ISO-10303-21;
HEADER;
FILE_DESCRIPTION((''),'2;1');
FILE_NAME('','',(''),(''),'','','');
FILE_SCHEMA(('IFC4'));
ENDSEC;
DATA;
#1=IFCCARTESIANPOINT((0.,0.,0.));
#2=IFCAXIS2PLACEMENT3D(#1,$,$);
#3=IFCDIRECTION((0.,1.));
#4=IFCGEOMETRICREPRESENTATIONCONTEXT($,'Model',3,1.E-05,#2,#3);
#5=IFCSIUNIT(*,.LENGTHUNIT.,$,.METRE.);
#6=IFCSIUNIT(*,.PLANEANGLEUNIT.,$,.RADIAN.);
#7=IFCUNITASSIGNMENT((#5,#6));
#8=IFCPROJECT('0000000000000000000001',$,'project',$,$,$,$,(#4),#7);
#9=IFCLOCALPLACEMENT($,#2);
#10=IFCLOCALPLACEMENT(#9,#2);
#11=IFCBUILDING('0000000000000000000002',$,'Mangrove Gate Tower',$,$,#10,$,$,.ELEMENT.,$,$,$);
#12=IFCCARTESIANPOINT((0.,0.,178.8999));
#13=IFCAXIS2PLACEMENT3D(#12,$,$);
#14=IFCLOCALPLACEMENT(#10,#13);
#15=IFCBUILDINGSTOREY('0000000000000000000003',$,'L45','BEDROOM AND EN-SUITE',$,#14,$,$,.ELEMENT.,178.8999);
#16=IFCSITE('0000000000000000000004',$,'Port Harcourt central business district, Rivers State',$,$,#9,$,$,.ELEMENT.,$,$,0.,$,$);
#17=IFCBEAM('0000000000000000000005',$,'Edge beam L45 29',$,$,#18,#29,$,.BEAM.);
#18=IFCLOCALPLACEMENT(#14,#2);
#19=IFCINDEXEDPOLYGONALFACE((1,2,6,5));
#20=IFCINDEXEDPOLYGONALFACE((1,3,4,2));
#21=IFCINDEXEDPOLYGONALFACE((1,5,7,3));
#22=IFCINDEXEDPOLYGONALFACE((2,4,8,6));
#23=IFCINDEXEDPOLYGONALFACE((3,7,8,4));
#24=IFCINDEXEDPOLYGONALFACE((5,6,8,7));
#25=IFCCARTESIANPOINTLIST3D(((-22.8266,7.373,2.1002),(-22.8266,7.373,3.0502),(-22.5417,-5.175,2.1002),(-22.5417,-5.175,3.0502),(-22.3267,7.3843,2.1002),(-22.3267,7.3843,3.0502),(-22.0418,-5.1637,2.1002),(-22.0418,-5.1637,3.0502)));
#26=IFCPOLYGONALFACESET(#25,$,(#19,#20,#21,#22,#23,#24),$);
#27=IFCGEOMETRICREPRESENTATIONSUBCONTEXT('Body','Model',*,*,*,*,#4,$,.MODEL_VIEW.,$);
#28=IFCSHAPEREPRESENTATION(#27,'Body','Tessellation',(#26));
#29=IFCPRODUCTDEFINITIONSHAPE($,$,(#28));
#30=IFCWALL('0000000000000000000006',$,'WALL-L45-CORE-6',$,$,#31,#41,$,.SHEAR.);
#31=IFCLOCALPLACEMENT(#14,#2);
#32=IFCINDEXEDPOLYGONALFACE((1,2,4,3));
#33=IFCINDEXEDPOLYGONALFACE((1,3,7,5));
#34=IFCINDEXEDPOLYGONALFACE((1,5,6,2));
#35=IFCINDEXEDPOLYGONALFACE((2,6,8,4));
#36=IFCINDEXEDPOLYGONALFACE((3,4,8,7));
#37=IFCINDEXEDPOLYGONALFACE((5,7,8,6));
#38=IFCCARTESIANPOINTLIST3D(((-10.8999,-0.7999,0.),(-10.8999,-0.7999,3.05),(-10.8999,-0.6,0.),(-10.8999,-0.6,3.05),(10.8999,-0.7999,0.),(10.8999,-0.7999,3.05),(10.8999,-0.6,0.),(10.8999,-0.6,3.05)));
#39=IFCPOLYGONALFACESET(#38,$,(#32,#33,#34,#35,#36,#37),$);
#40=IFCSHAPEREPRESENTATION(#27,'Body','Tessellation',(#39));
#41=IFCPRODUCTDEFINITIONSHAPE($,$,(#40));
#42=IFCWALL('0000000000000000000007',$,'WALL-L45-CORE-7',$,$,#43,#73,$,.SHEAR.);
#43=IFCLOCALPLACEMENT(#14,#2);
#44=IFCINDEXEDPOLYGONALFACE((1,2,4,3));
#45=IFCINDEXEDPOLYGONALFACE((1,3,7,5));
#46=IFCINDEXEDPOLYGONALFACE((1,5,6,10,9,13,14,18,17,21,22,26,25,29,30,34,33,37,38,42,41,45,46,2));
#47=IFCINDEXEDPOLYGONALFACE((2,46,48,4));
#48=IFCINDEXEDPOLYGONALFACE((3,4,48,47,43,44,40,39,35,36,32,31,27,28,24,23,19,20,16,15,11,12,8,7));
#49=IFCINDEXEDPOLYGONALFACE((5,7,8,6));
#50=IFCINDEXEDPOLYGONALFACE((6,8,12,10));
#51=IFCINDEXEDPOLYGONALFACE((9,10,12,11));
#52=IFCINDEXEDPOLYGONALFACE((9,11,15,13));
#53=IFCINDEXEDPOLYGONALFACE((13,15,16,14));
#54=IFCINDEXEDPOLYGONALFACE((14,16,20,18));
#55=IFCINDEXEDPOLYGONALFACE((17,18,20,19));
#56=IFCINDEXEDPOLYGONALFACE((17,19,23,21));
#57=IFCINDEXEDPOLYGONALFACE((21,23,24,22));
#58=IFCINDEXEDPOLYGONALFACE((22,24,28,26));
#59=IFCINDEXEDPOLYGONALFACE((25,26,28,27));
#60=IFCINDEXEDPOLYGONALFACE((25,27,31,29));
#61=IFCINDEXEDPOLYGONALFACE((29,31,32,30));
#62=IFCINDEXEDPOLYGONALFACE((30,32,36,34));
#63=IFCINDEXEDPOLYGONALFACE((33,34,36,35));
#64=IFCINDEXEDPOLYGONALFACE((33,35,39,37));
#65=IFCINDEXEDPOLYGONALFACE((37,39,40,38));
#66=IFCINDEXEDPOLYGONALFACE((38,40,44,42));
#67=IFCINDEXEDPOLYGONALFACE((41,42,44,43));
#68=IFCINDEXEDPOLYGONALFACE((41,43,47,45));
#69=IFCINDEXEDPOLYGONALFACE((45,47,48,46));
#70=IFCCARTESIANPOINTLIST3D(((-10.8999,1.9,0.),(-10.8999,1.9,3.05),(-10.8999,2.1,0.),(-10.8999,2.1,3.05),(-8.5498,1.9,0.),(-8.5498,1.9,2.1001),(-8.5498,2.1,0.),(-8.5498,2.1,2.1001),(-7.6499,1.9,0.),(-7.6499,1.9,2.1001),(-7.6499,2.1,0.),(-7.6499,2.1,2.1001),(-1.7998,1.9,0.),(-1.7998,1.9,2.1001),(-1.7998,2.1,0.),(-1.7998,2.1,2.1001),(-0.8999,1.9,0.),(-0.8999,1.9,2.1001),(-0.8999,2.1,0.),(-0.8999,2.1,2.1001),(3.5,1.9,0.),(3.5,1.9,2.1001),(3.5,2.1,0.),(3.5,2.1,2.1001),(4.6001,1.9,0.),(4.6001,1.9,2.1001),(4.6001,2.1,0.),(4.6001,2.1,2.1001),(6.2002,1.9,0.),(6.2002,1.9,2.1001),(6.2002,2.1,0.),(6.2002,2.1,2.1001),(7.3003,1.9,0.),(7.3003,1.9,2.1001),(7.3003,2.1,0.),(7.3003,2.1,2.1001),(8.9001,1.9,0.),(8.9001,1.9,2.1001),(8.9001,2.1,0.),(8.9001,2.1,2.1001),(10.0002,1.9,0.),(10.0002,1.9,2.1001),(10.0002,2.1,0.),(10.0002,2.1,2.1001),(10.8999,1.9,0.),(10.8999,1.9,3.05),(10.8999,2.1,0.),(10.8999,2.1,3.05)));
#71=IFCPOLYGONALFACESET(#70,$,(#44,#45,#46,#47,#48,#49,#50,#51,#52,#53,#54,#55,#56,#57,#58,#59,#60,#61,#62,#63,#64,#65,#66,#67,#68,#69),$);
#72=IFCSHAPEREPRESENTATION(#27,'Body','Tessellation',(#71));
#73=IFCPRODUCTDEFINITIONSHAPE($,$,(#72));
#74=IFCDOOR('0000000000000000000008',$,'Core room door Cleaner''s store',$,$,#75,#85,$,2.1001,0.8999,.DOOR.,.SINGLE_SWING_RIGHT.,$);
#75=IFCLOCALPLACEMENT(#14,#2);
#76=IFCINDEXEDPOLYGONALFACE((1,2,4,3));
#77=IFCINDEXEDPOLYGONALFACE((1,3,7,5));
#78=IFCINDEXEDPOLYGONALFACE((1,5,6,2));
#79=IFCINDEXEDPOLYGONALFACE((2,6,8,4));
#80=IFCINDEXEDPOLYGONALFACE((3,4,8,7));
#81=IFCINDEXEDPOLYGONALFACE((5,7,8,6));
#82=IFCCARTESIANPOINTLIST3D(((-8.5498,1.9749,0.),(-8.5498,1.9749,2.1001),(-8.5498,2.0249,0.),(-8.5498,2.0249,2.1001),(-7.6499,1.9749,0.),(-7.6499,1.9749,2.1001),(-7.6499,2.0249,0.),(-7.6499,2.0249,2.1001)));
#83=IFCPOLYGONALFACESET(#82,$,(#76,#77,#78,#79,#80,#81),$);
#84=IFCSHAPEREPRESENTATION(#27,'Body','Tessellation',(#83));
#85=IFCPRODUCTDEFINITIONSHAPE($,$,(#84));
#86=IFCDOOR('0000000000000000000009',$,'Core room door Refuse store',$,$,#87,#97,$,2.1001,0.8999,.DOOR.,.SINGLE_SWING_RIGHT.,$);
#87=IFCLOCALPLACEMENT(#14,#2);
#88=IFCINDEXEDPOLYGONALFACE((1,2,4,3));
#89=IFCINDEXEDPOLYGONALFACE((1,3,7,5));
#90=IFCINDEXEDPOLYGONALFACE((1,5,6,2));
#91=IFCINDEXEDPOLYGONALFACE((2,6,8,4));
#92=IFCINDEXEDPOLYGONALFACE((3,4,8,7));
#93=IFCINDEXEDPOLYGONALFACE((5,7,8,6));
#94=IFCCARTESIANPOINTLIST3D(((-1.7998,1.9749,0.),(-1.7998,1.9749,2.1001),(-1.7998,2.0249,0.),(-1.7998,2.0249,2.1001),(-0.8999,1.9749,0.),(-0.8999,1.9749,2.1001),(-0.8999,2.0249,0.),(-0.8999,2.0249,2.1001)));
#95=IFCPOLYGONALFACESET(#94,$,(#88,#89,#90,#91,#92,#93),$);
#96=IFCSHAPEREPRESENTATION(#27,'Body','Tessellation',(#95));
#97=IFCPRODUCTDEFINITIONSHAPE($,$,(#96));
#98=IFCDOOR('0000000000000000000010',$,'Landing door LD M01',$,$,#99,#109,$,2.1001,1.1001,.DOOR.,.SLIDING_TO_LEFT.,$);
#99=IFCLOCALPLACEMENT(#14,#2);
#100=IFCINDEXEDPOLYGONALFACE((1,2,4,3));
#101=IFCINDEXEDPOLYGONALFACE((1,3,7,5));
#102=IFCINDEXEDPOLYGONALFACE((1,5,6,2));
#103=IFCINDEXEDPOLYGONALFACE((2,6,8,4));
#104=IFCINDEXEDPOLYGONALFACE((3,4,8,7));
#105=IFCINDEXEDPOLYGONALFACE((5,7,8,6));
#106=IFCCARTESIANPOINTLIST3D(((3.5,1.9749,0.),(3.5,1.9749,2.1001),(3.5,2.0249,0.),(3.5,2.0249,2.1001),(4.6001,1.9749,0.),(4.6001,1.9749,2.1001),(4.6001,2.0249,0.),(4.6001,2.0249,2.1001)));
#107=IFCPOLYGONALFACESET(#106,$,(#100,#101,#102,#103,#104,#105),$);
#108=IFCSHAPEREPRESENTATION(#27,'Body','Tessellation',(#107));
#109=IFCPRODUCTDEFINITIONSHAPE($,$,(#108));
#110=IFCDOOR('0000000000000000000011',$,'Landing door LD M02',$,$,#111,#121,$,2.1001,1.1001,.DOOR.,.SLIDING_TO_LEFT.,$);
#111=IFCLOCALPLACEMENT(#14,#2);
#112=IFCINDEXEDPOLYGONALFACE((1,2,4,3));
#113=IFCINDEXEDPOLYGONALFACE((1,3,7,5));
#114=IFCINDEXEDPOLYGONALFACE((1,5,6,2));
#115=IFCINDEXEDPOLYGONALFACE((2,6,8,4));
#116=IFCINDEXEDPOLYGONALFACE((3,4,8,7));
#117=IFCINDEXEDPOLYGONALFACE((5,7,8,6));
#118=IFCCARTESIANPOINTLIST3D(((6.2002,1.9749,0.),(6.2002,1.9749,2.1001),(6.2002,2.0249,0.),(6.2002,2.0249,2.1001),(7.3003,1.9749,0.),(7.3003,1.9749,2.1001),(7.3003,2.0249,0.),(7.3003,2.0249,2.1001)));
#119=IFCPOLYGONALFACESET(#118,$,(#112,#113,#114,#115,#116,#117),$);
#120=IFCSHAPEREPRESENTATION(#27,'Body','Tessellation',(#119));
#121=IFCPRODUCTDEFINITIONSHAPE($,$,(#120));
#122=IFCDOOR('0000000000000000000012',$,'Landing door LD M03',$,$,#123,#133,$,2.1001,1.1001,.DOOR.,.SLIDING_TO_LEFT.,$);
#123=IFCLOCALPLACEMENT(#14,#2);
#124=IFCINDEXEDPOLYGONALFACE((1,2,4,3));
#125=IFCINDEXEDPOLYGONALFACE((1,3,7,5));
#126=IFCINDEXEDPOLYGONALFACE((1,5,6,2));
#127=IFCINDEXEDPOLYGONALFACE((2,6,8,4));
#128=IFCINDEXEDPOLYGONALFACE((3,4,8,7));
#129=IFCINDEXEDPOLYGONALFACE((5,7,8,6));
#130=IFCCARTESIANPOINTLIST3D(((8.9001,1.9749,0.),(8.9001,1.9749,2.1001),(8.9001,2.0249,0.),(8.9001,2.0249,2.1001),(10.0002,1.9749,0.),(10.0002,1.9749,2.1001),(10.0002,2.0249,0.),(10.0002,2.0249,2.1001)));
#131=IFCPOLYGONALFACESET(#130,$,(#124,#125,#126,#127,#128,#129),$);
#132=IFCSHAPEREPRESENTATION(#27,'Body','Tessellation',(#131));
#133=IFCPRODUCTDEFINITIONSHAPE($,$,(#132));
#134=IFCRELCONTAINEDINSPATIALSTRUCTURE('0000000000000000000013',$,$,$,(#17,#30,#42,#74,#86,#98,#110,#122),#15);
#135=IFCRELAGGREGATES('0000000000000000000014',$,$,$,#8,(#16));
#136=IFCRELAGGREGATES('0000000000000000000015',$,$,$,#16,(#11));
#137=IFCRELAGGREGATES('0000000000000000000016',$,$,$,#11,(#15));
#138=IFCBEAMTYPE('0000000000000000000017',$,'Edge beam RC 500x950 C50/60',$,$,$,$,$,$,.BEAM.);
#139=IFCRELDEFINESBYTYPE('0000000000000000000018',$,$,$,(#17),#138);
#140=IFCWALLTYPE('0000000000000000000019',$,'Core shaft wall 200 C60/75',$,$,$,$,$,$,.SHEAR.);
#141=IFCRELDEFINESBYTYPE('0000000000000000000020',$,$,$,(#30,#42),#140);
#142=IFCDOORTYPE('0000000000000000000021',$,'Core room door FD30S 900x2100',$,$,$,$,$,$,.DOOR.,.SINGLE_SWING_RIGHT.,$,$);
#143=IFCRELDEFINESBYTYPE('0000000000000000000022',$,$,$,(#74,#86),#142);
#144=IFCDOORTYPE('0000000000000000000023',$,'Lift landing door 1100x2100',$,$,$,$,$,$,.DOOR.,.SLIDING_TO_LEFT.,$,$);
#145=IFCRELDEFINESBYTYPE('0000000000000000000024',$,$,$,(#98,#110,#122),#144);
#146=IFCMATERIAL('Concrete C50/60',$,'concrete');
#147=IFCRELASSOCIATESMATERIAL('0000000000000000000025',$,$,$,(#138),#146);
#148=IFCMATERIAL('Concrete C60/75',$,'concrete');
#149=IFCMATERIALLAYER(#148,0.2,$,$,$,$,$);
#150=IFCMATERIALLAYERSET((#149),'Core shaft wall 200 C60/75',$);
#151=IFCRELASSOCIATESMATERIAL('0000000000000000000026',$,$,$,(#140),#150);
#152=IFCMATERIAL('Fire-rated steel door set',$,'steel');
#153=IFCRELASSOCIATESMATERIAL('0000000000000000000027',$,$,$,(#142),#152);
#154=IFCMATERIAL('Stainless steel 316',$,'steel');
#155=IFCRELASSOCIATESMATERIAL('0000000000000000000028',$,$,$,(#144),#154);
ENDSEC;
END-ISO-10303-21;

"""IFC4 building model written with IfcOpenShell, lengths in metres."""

from ifc_helpers import new_model, si_unit, direction, frame, frame_2d, origin, origin_2d, place, context, subcontext, project, spatial, rectangle, extrude, material, layer, layer_set, material_profile, profile_set, type_object, element, fill, save


model = new_model("IFC4")

# Units and contexts
model_context = context("Model", 3, precision=1e-05, world=origin(), true_north=direction((0.0, 1.0)))
body_context = subcontext(model_context, "Body", "Model", "MODEL_VIEW")
ifc_project = project(units=[si_unit("LENGTHUNIT", "METRE"), si_unit("PLANEANGLEUNIT", "RADIAN")], contexts=[model_context])

# Site, building, storey
site_placement = place(None, origin())
site = spatial("IfcSite", under=ifc_project, at=site_placement, Name="Port Harcourt central business district, Rivers State", CompositionType="ELEMENT", RefElevation=0.0)
building_placement = place(site_placement, origin())
building = spatial("IfcBuilding", under=site, at=building_placement, Name="Mangrove Gate Tower", CompositionType="ELEMENT")
storey_placement = place(building_placement, frame((0.0, 0.0, 178.8999)))
storey = spatial("IfcBuildingStorey", under=building, at=storey_placement, Name="L45", Description="BEDROOM AND EN-SUITE", CompositionType="ELEMENT", Elevation=178.8999)

# Beam
ifc_material_1 = material(Name="Concrete C50/60", Category="concrete")
ifc_material_profile = material_profile(ifc_material_1, rectangle(XDim=0.5, YDim=0.95, at=origin_2d()))
ifc_profile_set = profile_set([ifc_material_profile], Name="Concrete C50/60")
beam_type = type_object("IfcBeamType", Name="Edge beam RC 500x950 C50/60", PredefinedType="BEAM", material=ifc_profile_set)
beam_placement = place(storey_placement, frame((-22.5767, 7.3787, 2.5752), z_axis=(0.0227, -0.999742, 0.0), x_axis=(0.999742, 0.0227, 0.0)))
element("IfcBeam", 1, at=beam_placement, inside=storey, type_object=beam_type, Name="Edge beam L45 29", PredefinedType="BEAM", context=body_context, shape_type="SweptSolid", body=[
    extrude(rectangle(XDim=0.5, YDim=0.95, at=origin_2d()), origin(), (0.0, 0.0, 1.0), 12.5513),
])

# Wall
ifc_material_2 = material(Name="Concrete C60/75", Category="concrete")
ifc_layer_1 = layer(ifc_material_2, 0.2)
ifc_layer_set_1 = layer_set([ifc_layer_1], Name="Core shaft wall 200 C60/75")
wall_type_1 = type_object("IfcWallType", Name="Core shaft wall 200 C60/75", PredefinedType="SHEAR", material=ifc_layer_set_1)
wall_1_placement = place(storey_placement, frame((-10.8999, -0.7, 0.0), z_axis=(0.0, 0.0, 1.0), x_axis=(1.0, 0.0, 0.0)))
element("IfcWall", 2, at=wall_1_placement, inside=storey, type_object=wall_type_1, Name="WALL-L45-CORE-6", PredefinedType="SHEAR", context=body_context, shape_type="SweptSolid", body=[
    extrude(rectangle(XDim=21.7998, YDim=0.2, at=frame_2d((10.8999, 0.0))), origin(), (0.0, 0.0, 1.0), 3.05),
])

# Wall, openings, doors
wall_2_placement = place(storey_placement, frame((-10.8999, 2.0, 0.0), z_axis=(0.0, 0.0, 1.0), x_axis=(1.0, 0.0, 0.0)))
wall_2 = element("IfcWall", 3, at=wall_2_placement, inside=storey, type_object=wall_type_1, Name="WALL-L45-CORE-7", PredefinedType="SHEAR", context=body_context, shape_type="SweptSolid", body=[
    extrude(rectangle(XDim=21.7998, YDim=0.2, at=frame_2d((10.8999, 0.0))), origin(), (0.0, 0.0, 1.0), 3.05),
])
opening_1_placement = place(wall_2_placement, frame((14.3999, 0.0, 0.0)))
opening_1 = element("IfcOpeningElement", 4, at=opening_1_placement, cuts=wall_2, PredefinedType="OPENING", context=body_context, shape_type="SweptSolid", body=[
    extrude(rectangle(XDim=1.1001, YDim=2.1001, at=frame_2d((0.55, 1.05))), frame((0.0, 0.1099, 0.0), z_axis=(0.0, -1.0, 0.0), x_axis=(1.0, 0.0, 0.0)), (0.0, 0.0, 1.0), 0.22),
])
opening_2_placement = place(wall_2_placement, frame((17.1001, 0.0, 0.0)))
opening_2 = element("IfcOpeningElement", 5, at=opening_2_placement, cuts=wall_2, PredefinedType="OPENING", context=body_context, shape_type="SweptSolid", body=[
    extrude(rectangle(XDim=1.1001, YDim=2.1001, at=frame_2d((0.55, 1.05))), frame((0.0, 0.1099, 0.0), z_axis=(0.0, -1.0, 0.0), x_axis=(1.0, 0.0, 0.0)), (0.0, 0.0, 1.0), 0.22),
])
opening_3_placement = place(wall_2_placement, frame((19.8, 0.0, 0.0)))
opening_3 = element("IfcOpeningElement", 6, at=opening_3_placement, cuts=wall_2, PredefinedType="OPENING", context=body_context, shape_type="SweptSolid", body=[
    extrude(rectangle(XDim=1.1001, YDim=2.1001, at=frame_2d((0.55, 1.05))), frame((0.0, 0.1099, 0.0), z_axis=(0.0, -1.0, 0.0), x_axis=(1.0, 0.0, 0.0)), (0.0, 0.0, 1.0), 0.22),
])
opening_4_placement = place(wall_2_placement, frame((2.3501, 0.0, 0.0)))
opening_4 = element("IfcOpeningElement", 7, at=opening_4_placement, cuts=wall_2, PredefinedType="OPENING", context=body_context, shape_type="SweptSolid", body=[
    extrude(rectangle(XDim=0.8999, YDim=2.1001, at=frame_2d((0.45, 1.05))), frame((0.0, 0.1099, 0.0), z_axis=(0.0, -1.0, 0.0), x_axis=(1.0, 0.0, 0.0)), (0.0, 0.0, 1.0), 0.22),
])
opening_5_placement = place(wall_2_placement, frame((9.1001, 0.0, 0.0)))
opening_5 = element("IfcOpeningElement", 8, at=opening_5_placement, cuts=wall_2, PredefinedType="OPENING", context=body_context, shape_type="SweptSolid", body=[
    extrude(rectangle(XDim=0.8999, YDim=2.1001, at=frame_2d((0.45, 1.05))), frame((0.0, 0.1099, 0.0), z_axis=(0.0, -1.0, 0.0), x_axis=(1.0, 0.0, 0.0)), (0.0, 0.0, 1.0), 0.22),
])
ifc_material_3 = material(Name="Fire-rated steel door set", Category="steel")
door_type_1 = type_object("IfcDoorType", Name="Core room door FD30S 900x2100", OperationType="SINGLE_SWING_RIGHT", PredefinedType="DOOR", material=ifc_material_3)
door_1_placement = place(opening_4_placement, origin())
door_1 = element("IfcDoor", 9, at=door_1_placement, inside=storey, type_object=door_type_1, Name="Core room door Cleaner's store", OperationType="SINGLE_SWING_RIGHT", OverallHeight=2.1001, OverallWidth=0.8999, PredefinedType="DOOR", context=body_context, shape_type="SweptSolid", body=[
    extrude(rectangle(XDim=0.8999, YDim=2.1001, at=frame_2d((0.45, 1.05))), frame((0.0, 0.0249, 0.0), z_axis=(0.0, -1.0, 0.0), x_axis=(1.0, 0.0, 0.0)), (0.0, 0.0, 1.0), 0.05),
])
fill(opening_4, door_1)
door_2_placement = place(opening_5_placement, origin())
door_2 = element("IfcDoor", 10, at=door_2_placement, inside=storey, type_object=door_type_1, Name="Core room door Refuse store", OperationType="SINGLE_SWING_RIGHT", OverallHeight=2.1001, OverallWidth=0.8999, PredefinedType="DOOR", context=body_context, shape_type="SweptSolid", body=[
    extrude(rectangle(XDim=0.8999, YDim=2.1001, at=frame_2d((0.45, 1.05))), frame((0.0, 0.0249, 0.0), z_axis=(0.0, -1.0, 0.0), x_axis=(1.0, 0.0, 0.0)), (0.0, 0.0, 1.0), 0.05),
])
fill(opening_5, door_2)
ifc_material_4 = material(Name="Stainless steel 316", Category="steel")
door_type_2 = type_object("IfcDoorType", Name="Lift landing door 1100x2100", OperationType="SLIDING_TO_LEFT", PredefinedType="DOOR", material=ifc_material_4)
door_3_placement = place(opening_1_placement, origin())
door_3 = element("IfcDoor", 11, at=door_3_placement, inside=storey, type_object=door_type_2, Name="Landing door LD M01", OperationType="SLIDING_TO_LEFT", OverallHeight=2.1001, OverallWidth=1.1001, PredefinedType="DOOR", context=body_context, shape_type="SweptSolid", body=[
    extrude(rectangle(XDim=1.1001, YDim=2.1001, at=frame_2d((0.55, 1.05))), frame((0.0, 0.0249, 0.0), z_axis=(0.0, -1.0, 0.0), x_axis=(1.0, 0.0, 0.0)), (0.0, 0.0, 1.0), 0.05),
])
fill(opening_1, door_3)
door_4_placement = place(opening_2_placement, origin())
door_4 = element("IfcDoor", 12, at=door_4_placement, inside=storey, type_object=door_type_2, Name="Landing door LD M02", OperationType="SLIDING_TO_LEFT", OverallHeight=2.1001, OverallWidth=1.1001, PredefinedType="DOOR", context=body_context, shape_type="SweptSolid", body=[
    extrude(rectangle(XDim=1.1001, YDim=2.1001, at=frame_2d((0.55, 1.05))), frame((0.0, 0.0249, 0.0), z_axis=(0.0, -1.0, 0.0), x_axis=(1.0, 0.0, 0.0)), (0.0, 0.0, 1.0), 0.05),
])
fill(opening_2, door_4)
door_5_placement = place(opening_3_placement, origin())
door_5 = element("IfcDoor", 13, at=door_5_placement, inside=storey, type_object=door_type_2, Name="Landing door LD M03", OperationType="SLIDING_TO_LEFT", OverallHeight=2.1001, OverallWidth=1.1001, PredefinedType="DOOR", context=body_context, shape_type="SweptSolid", body=[
    extrude(rectangle(XDim=1.1001, YDim=2.1001, at=frame_2d((0.55, 1.05))), frame((0.0, 0.0249, 0.0), z_axis=(0.0, -1.0, 0.0), x_axis=(1.0, 0.0, 0.0)), (0.0, 0.0, 1.0), 0.05),
])
fill(opening_3, door_5)

save(model, "model.ifc")
